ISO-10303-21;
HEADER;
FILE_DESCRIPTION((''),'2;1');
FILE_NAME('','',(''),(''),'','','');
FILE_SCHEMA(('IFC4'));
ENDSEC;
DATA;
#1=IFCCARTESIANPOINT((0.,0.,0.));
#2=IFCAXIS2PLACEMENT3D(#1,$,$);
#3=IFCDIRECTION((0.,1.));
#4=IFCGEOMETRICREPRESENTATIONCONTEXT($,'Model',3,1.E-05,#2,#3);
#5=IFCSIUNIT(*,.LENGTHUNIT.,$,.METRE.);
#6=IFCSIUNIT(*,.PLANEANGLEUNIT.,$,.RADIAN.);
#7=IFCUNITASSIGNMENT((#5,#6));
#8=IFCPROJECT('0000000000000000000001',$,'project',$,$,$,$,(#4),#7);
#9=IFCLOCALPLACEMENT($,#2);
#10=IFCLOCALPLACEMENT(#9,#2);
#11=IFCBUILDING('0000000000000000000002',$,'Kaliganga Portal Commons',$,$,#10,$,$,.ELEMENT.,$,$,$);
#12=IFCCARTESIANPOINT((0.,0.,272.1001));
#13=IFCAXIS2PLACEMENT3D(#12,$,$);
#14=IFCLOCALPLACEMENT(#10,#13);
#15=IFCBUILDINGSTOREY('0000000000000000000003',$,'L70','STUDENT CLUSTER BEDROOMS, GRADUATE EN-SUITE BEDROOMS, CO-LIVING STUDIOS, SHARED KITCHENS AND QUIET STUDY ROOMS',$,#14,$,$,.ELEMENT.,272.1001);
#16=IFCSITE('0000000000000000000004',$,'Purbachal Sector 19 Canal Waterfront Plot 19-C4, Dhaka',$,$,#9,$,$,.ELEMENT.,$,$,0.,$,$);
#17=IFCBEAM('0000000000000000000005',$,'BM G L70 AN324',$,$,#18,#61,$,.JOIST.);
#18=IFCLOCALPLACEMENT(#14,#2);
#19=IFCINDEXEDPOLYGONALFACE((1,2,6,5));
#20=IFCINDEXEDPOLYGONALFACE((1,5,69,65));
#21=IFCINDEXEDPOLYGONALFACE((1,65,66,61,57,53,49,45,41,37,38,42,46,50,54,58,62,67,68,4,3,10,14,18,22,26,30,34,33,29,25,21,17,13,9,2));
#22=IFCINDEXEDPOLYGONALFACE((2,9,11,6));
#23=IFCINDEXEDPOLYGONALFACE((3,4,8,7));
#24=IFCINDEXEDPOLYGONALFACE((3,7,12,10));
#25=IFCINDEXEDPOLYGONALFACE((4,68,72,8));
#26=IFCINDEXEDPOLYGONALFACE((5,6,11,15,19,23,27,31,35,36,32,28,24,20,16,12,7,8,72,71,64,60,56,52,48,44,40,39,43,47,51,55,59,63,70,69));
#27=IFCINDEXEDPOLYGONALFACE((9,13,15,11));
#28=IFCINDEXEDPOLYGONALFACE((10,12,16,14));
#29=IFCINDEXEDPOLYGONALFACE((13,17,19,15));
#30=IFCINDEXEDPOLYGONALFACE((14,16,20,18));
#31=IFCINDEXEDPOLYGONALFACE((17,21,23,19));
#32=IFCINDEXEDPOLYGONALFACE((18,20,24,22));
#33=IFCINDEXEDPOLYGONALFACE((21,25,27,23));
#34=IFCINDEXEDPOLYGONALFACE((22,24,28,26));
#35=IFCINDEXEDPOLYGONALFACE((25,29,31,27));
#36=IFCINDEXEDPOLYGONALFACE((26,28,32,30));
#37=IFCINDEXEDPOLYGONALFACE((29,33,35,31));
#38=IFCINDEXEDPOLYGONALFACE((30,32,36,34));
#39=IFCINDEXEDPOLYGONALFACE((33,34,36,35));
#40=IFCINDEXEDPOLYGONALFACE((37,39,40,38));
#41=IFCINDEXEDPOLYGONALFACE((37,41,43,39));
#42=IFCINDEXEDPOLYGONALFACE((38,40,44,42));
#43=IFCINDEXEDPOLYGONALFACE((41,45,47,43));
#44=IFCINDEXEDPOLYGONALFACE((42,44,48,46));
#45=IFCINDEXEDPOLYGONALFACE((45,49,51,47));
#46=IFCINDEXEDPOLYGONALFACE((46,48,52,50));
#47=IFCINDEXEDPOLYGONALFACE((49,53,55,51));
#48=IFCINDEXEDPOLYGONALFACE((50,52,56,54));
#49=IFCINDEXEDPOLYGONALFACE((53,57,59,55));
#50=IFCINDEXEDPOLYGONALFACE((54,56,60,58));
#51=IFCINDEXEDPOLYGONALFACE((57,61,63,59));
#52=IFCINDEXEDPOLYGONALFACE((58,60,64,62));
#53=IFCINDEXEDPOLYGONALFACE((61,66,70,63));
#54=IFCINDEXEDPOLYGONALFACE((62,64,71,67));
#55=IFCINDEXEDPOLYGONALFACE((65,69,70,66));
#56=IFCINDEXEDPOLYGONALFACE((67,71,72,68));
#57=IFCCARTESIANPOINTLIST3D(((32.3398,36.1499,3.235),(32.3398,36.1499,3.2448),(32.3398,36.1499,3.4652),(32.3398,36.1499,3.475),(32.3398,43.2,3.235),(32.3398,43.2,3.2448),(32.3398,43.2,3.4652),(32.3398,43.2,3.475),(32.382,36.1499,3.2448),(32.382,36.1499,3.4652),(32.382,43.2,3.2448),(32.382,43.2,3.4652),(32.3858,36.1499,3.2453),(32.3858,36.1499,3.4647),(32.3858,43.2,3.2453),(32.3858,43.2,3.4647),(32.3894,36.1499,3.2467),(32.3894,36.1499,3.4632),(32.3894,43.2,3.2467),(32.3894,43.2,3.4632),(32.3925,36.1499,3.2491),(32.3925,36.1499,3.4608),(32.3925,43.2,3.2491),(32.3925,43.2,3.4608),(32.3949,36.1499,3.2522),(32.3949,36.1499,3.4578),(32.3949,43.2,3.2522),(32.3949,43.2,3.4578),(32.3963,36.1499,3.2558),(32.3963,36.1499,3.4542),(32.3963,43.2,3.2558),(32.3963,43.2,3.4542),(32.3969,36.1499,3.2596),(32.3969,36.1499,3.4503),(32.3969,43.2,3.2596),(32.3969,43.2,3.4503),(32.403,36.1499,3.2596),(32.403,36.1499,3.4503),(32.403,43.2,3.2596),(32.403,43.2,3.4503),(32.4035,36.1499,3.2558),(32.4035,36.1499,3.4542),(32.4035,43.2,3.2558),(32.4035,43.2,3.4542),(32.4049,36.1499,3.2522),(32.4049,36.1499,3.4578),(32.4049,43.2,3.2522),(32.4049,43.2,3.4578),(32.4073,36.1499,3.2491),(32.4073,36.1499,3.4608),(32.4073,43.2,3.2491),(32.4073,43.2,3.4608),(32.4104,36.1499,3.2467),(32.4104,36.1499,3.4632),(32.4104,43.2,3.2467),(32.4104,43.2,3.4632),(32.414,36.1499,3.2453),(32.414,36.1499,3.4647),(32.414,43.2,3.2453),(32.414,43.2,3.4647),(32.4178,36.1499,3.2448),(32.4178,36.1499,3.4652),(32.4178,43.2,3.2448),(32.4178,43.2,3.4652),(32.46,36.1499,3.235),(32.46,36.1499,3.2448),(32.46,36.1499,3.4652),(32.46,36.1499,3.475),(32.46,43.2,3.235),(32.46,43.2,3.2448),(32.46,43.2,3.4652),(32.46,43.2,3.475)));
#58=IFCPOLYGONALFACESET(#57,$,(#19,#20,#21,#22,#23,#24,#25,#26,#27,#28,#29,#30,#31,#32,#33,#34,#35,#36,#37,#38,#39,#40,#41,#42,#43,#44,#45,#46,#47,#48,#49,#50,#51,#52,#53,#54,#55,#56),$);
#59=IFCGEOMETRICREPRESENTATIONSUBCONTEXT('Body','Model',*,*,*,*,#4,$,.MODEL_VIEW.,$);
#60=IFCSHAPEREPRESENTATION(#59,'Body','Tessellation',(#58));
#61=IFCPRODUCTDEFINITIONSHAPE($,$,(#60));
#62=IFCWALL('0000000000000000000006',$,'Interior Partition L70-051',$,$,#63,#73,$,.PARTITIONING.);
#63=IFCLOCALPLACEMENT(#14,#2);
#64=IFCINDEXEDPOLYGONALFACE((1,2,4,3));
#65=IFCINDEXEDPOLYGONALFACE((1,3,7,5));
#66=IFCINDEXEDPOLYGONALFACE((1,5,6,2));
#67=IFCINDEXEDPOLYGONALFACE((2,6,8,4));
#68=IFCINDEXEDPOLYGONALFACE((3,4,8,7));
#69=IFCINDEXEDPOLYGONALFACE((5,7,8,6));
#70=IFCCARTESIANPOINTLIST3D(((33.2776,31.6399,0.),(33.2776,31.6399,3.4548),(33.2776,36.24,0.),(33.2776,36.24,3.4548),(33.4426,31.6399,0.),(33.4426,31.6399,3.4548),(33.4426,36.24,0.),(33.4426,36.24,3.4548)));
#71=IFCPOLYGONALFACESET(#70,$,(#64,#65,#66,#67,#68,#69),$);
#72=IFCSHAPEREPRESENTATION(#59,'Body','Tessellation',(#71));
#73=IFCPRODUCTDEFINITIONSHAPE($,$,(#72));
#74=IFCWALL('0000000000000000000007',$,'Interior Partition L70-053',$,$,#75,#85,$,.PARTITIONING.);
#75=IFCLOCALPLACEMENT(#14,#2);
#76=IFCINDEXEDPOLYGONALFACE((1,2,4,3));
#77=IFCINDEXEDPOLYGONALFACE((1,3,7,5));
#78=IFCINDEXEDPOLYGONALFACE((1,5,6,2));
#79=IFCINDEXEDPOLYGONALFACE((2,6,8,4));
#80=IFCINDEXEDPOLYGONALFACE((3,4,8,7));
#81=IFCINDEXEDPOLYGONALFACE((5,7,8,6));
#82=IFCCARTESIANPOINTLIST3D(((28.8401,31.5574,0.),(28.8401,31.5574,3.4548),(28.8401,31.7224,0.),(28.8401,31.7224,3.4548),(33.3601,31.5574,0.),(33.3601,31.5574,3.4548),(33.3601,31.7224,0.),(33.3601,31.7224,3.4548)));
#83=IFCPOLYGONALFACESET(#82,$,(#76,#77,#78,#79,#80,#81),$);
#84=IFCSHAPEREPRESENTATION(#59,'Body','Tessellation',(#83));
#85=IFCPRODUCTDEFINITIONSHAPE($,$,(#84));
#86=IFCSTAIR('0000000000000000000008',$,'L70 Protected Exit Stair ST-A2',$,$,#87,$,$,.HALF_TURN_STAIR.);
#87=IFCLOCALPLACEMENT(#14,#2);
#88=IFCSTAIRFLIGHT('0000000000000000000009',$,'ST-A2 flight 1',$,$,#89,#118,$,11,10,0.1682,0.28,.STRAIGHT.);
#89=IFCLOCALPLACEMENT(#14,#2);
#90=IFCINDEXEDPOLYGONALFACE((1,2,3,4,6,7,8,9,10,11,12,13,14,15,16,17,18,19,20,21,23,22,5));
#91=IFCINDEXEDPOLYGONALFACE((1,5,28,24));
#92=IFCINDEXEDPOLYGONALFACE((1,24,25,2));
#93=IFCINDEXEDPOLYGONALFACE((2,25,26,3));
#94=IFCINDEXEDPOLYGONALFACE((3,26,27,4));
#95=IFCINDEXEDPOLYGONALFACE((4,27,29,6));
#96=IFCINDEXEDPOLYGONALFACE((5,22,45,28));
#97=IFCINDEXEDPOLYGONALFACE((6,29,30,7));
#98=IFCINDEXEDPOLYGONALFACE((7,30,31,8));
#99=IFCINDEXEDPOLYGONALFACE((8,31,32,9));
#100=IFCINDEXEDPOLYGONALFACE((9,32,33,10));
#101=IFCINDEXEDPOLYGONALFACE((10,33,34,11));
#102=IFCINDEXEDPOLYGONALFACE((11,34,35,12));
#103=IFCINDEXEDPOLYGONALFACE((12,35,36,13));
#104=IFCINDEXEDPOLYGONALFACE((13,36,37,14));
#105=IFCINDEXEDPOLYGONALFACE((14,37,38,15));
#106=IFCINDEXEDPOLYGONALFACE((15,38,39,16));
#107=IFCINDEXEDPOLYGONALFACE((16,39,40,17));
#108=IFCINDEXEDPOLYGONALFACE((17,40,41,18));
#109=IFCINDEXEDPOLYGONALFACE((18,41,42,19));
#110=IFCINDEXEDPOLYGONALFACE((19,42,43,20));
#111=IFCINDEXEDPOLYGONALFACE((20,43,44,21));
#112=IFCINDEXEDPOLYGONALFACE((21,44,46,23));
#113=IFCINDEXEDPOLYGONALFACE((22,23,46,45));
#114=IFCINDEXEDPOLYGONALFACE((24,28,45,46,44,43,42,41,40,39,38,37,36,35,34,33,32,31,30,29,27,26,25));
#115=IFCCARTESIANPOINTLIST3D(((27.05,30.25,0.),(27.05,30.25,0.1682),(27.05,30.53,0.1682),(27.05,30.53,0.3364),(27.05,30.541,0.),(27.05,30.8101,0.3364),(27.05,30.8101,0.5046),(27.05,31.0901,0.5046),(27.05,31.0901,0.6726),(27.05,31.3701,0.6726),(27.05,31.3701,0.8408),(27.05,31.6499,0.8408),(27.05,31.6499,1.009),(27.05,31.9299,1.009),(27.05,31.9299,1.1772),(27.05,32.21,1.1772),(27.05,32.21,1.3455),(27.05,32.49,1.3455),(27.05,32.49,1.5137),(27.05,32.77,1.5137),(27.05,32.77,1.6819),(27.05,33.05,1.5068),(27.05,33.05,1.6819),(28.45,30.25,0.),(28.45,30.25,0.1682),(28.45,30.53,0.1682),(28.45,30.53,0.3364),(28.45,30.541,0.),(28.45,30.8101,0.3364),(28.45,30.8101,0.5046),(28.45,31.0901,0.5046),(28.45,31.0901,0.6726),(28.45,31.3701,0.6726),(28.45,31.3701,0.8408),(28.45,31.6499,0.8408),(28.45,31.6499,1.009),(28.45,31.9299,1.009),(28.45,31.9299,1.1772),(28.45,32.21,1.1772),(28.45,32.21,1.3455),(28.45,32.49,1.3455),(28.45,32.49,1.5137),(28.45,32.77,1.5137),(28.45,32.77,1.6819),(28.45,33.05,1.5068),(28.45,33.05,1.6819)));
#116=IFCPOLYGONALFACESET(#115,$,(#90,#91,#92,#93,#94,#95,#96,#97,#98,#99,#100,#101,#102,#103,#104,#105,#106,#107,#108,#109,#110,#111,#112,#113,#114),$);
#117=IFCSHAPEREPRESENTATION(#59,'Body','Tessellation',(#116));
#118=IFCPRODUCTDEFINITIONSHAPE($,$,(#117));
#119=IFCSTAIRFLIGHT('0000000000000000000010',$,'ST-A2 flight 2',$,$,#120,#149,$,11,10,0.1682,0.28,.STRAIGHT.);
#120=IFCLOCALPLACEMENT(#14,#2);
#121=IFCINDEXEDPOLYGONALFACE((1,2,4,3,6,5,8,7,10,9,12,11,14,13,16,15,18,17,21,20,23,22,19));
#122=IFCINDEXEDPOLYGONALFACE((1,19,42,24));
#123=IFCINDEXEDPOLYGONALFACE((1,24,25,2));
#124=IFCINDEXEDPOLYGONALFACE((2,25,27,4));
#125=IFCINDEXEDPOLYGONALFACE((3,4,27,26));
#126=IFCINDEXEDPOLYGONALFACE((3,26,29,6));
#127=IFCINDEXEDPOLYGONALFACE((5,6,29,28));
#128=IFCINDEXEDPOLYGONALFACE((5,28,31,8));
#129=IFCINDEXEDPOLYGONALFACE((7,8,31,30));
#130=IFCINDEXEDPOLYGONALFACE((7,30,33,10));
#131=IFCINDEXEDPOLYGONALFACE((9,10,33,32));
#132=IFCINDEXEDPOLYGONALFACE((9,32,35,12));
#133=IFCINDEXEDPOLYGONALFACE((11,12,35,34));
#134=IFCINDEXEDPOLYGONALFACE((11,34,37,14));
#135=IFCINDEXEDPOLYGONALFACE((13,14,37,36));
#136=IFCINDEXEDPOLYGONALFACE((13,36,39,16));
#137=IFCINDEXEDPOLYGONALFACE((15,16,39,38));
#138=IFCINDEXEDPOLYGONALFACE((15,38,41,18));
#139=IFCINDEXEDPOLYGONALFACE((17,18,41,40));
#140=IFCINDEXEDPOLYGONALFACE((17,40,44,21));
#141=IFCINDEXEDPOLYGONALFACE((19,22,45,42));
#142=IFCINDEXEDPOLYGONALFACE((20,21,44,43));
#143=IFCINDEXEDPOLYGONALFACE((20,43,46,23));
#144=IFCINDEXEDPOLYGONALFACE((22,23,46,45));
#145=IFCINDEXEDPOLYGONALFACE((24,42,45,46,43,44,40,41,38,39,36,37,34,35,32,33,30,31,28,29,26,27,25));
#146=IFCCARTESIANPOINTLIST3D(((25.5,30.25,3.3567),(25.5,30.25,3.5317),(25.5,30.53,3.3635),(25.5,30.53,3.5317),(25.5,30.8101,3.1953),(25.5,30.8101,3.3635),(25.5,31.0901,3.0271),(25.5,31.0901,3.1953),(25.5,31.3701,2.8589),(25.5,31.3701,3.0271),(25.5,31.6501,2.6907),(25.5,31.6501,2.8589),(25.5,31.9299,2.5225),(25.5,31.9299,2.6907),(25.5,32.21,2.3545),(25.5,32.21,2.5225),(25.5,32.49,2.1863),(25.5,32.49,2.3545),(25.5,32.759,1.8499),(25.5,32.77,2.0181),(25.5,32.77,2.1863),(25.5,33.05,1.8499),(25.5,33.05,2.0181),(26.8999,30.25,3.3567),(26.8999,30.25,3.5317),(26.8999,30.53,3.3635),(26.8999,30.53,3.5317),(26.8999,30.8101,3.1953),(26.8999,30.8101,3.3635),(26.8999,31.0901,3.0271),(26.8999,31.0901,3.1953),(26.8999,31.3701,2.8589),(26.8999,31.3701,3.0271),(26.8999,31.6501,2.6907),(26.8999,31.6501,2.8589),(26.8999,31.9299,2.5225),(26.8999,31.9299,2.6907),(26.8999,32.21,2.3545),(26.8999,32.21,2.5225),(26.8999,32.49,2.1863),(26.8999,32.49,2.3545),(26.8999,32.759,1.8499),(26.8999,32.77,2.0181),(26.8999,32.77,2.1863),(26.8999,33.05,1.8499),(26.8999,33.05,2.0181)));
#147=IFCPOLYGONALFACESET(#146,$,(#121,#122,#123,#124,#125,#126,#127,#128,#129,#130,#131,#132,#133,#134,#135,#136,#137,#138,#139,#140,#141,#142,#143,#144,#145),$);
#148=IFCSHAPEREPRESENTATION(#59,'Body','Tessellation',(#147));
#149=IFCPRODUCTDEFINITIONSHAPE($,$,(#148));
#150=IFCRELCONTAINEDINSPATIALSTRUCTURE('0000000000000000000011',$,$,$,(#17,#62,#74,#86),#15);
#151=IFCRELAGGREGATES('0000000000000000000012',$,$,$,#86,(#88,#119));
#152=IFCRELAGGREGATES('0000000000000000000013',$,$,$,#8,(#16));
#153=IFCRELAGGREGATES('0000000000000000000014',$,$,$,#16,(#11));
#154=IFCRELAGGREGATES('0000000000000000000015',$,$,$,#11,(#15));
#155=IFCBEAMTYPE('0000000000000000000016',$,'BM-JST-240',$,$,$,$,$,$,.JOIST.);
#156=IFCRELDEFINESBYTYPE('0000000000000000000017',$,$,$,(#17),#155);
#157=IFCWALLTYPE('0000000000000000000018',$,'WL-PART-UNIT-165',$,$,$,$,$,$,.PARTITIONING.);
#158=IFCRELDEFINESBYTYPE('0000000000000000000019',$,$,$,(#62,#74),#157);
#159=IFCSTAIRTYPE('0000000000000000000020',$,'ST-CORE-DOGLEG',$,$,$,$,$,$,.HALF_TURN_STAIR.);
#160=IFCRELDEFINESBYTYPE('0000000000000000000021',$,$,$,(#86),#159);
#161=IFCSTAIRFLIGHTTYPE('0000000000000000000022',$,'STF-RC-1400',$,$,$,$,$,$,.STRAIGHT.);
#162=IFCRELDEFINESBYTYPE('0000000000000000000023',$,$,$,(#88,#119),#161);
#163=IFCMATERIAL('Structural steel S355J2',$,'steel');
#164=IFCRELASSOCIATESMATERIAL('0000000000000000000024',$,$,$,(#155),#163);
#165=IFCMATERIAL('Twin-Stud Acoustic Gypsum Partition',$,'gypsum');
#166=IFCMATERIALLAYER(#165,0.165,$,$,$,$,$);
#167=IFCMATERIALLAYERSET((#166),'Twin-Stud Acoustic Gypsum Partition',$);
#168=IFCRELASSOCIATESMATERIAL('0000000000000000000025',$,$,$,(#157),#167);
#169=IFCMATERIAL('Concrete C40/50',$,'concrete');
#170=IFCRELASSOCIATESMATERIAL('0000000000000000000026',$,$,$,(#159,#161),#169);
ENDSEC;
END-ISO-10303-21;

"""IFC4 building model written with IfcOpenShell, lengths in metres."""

from ifc_helpers import new_model, si_unit, direction, frame, frame_2d, origin, origin_2d, place, context, subcontext, project, spatial, polyline, rectangle, i_section, outline, extrude, source, transform, mapped, material, layer, layer_set, material_profile, profile_set, type_object, element, aggregate, save


model = new_model("IFC4")

# Units and contexts
model_context = context("Model", 3, precision=1e-05, world=origin(), true_north=direction((0.0, 1.0)))
body_context = subcontext(model_context, "Body", "Model", "MODEL_VIEW")
ifc_project = project(units=[si_unit("LENGTHUNIT", "METRE"), si_unit("PLANEANGLEUNIT", "RADIAN")], contexts=[model_context])

# Site, building, storey
site_placement = place(None, origin())
site = spatial("IfcSite", under=ifc_project, at=site_placement, Name="Purbachal Sector 19 Canal Waterfront Plot 19-C4, Dhaka", CompositionType="ELEMENT", RefElevation=0.0)
building_placement = place(site_placement, origin())
building = spatial("IfcBuilding", under=site, at=building_placement, Name="Kaliganga Portal Commons", CompositionType="ELEMENT")
storey_placement = place(building_placement, frame((0.0, 0.0, 272.1001)))
storey = spatial("IfcBuildingStorey", under=building, at=storey_placement, Name="L70", Description="STUDENT CLUSTER BEDROOMS, GRADUATE EN-SUITE BEDROOMS, CO-LIVING STUDIOS, SHARED KITCHENS AND QUIET STUDY ROOMS", CompositionType="ELEMENT", Elevation=272.1001)

# Beam
ifc_material_1 = material(Name="Structural steel S355J2", Category="steel")
ifc_material_profile_1 = material_profile(ifc_material_1, i_section(OverallWidth=0.1201, OverallDepth=0.24, WebThickness=0.0061, FlangeThickness=0.0098, FilletRadius=0.0149, at=origin_2d()), Name="IPE 240")
ifc_profile_set_1 = profile_set([ifc_material_profile_1], Name="Structural steel S355J2 wide-flange")
beam_type_1 = type_object("IfcBeamType", Name="BM-JST-240", PredefinedType="JOIST", material=ifc_profile_set_1)
shared_shape_1 = source(origin(), body_context, "Body", "SweptSolid", [
    extrude(i_section(OverallWidth=0.1201, OverallDepth=0.24, WebThickness=0.0061, FlangeThickness=0.0098, FilletRadius=0.0149, at=origin_2d()), origin(), (0.0, 0.0, 1.0), 7.05),
])
beam_1_placement = place(storey_placement, frame((32.3999, 36.1499, 3.355), z_axis=(0.0, 1.0, 0.0), x_axis=(-1.0, 0.0, 0.0)))
element("IfcBeam", 1, at=beam_1_placement, inside=storey, type_object=beam_type_1, Name="BM G L70 AN324", PredefinedType="JOIST", context=body_context, shape_type="MappedRepresentation", body=[
    mapped(shared_shape_1, transform((0.0, 0.0, 0.0), x_axis=(1.0, 0.0, 0.0), y_axis=(0.0, 1.0, 0.0), z_axis=(0.0, 0.0, 1.0), scale=1.0)),
])

# Walls
ifc_material_2 = material(Name="Twin-Stud Acoustic Gypsum Partition", Category="gypsum")
ifc_layer = layer(ifc_material_2, 0.165)
ifc_layer_set = layer_set([ifc_layer], Name="Twin-Stud Acoustic Gypsum Partition")
wall_type = type_object("IfcWallType", Name="WL-PART-UNIT-165", PredefinedType="PARTITIONING", material=ifc_layer_set)
wall_1_placement = place(storey_placement, frame((33.3601, 31.6399, 0.0), z_axis=(0.0, 0.0, 1.0), x_axis=(0.0, 1.0, 0.0)))
element("IfcWall", 2, at=wall_1_placement, inside=storey, type_object=wall_type, Name="Interior Partition L70-051", PredefinedType="PARTITIONING", context=body_context, shape_type="SweptSolid", body=[
    extrude(rectangle(XDim=4.6001, YDim=0.165, at=frame_2d((2.3, 0.0))), origin(), (0.0, 0.0, 1.0), 3.4548),
])
wall_2_placement = place(storey_placement, frame((28.8401, 31.6399, 0.0), z_axis=(0.0, 0.0, 1.0), x_axis=(1.0, 0.0, 0.0)))
element("IfcWall", 3, at=wall_2_placement, inside=storey, type_object=wall_type, Name="Interior Partition L70-053", PredefinedType="PARTITIONING", context=body_context, shape_type="SweptSolid", body=[
    extrude(rectangle(XDim=4.52, YDim=0.165, at=frame_2d((2.26, 0.0))), origin(), (0.0, 0.0, 1.0), 3.4548),
])

# Stair, stair flights
ifc_material_3 = material(Name="Concrete C40/50", Category="concrete")
stair_type = type_object("IfcStairType", Name="ST-CORE-DOGLEG", PredefinedType="HALF_TURN_STAIR", material=ifc_material_3)
stair_placement = place(storey_placement, origin())
stair = element("IfcStair", 4, at=stair_placement, inside=storey, type_object=stair_type, Name="L70 Protected Exit Stair ST-A2", PredefinedType="HALF_TURN_STAIR")
stair_flight_type = type_object("IfcStairFlightType", Name="STF-RC-1400", PredefinedType="STRAIGHT", material=ifc_material_3)
stair_flight_1_placement = place(storey_placement, frame((27.75, 30.25, 0.0), z_axis=(0.0, 0.0, 1.0), x_axis=(0.0, 1.0, 0.0)))
stair_flight_1 = element("IfcStairFlight", 5, at=stair_flight_1_placement, type_object=stair_flight_type, Name="ST-A2 flight 1", NumberOfRisers=11, NumberOfTreads=10, PredefinedType="STRAIGHT", RiserHeight=0.1682, TreadLength=0.28, context=body_context, shape_type="SweptSolid", body=[
    extrude(outline(polyline([(0.0, 0.0), (0.0, 0.1682), (0.28, 0.1682), (0.28, 0.3364), (0.5601, 0.3364), (0.5601, 0.5046), (0.8401, 0.5046), (0.8401, 0.6726), (1.1201, 0.6726), (1.1201, 0.8408), (1.3999, 0.8408), (1.3999, 1.009), (1.6799, 1.009), (1.6799, 1.1772), (1.96, 1.1772), (1.96, 1.3455), (2.24, 1.3455), (2.24, 1.5137), (2.52, 1.5137), (2.52, 1.6819), (2.8, 1.6819), (2.8, 1.8501), (2.8, 1.5068), (0.291, 0.0), (0.0, 0.0)])), frame((0.0, 0.7, 0.0), z_axis=(0.0, -1.0, 0.0), x_axis=(1.0, 0.0, 0.0)), (0.0, 0.0, 1.0), 1.3999),
])
stair_flight_2_placement = place(storey_placement, frame((26.2, 33.05, 1.8499), z_axis=(0.0, 0.0, 1.0), x_axis=(0.0, -1.0, 0.0)))
stair_flight_2 = element("IfcStairFlight", 6, at=stair_flight_2_placement, type_object=stair_flight_type, Name="ST-A2 flight 2", NumberOfRisers=11, NumberOfTreads=10, PredefinedType="STRAIGHT", RiserHeight=0.1682, TreadLength=0.28, context=body_context, shape_type="SweptSolid", body=[
    extrude(outline(polyline([(0.0, 0.0), (0.0, 0.1682), (0.28, 0.1682), (0.28, 0.3364), (0.5601, 0.3364), (0.5601, 0.5046), (0.8401, 0.5046), (0.8401, 0.6726), (1.1201, 0.6726), (1.1201, 0.8408), (1.3999, 0.8408), (1.3999, 1.009), (1.6799, 1.009), (1.6799, 1.1772), (1.96, 1.1772), (1.96, 1.3455), (2.24, 1.3455), (2.24, 1.5137), (2.52, 1.5137), (2.52, 1.6819), (2.8, 1.6819), (2.8, 1.8501), (2.8, 1.5068), (0.291, 0.0), (0.0, 0.0)])), frame((0.0, 0.7, 0.0), z_axis=(0.0, -1.0, 0.0), x_axis=(1.0, 0.0, 0.0)), (0.0, 0.0, 1.0), 1.3999),
])
aggregate(stair, [stair_flight_1, stair_flight_2])

save(model, "model.ifc")
